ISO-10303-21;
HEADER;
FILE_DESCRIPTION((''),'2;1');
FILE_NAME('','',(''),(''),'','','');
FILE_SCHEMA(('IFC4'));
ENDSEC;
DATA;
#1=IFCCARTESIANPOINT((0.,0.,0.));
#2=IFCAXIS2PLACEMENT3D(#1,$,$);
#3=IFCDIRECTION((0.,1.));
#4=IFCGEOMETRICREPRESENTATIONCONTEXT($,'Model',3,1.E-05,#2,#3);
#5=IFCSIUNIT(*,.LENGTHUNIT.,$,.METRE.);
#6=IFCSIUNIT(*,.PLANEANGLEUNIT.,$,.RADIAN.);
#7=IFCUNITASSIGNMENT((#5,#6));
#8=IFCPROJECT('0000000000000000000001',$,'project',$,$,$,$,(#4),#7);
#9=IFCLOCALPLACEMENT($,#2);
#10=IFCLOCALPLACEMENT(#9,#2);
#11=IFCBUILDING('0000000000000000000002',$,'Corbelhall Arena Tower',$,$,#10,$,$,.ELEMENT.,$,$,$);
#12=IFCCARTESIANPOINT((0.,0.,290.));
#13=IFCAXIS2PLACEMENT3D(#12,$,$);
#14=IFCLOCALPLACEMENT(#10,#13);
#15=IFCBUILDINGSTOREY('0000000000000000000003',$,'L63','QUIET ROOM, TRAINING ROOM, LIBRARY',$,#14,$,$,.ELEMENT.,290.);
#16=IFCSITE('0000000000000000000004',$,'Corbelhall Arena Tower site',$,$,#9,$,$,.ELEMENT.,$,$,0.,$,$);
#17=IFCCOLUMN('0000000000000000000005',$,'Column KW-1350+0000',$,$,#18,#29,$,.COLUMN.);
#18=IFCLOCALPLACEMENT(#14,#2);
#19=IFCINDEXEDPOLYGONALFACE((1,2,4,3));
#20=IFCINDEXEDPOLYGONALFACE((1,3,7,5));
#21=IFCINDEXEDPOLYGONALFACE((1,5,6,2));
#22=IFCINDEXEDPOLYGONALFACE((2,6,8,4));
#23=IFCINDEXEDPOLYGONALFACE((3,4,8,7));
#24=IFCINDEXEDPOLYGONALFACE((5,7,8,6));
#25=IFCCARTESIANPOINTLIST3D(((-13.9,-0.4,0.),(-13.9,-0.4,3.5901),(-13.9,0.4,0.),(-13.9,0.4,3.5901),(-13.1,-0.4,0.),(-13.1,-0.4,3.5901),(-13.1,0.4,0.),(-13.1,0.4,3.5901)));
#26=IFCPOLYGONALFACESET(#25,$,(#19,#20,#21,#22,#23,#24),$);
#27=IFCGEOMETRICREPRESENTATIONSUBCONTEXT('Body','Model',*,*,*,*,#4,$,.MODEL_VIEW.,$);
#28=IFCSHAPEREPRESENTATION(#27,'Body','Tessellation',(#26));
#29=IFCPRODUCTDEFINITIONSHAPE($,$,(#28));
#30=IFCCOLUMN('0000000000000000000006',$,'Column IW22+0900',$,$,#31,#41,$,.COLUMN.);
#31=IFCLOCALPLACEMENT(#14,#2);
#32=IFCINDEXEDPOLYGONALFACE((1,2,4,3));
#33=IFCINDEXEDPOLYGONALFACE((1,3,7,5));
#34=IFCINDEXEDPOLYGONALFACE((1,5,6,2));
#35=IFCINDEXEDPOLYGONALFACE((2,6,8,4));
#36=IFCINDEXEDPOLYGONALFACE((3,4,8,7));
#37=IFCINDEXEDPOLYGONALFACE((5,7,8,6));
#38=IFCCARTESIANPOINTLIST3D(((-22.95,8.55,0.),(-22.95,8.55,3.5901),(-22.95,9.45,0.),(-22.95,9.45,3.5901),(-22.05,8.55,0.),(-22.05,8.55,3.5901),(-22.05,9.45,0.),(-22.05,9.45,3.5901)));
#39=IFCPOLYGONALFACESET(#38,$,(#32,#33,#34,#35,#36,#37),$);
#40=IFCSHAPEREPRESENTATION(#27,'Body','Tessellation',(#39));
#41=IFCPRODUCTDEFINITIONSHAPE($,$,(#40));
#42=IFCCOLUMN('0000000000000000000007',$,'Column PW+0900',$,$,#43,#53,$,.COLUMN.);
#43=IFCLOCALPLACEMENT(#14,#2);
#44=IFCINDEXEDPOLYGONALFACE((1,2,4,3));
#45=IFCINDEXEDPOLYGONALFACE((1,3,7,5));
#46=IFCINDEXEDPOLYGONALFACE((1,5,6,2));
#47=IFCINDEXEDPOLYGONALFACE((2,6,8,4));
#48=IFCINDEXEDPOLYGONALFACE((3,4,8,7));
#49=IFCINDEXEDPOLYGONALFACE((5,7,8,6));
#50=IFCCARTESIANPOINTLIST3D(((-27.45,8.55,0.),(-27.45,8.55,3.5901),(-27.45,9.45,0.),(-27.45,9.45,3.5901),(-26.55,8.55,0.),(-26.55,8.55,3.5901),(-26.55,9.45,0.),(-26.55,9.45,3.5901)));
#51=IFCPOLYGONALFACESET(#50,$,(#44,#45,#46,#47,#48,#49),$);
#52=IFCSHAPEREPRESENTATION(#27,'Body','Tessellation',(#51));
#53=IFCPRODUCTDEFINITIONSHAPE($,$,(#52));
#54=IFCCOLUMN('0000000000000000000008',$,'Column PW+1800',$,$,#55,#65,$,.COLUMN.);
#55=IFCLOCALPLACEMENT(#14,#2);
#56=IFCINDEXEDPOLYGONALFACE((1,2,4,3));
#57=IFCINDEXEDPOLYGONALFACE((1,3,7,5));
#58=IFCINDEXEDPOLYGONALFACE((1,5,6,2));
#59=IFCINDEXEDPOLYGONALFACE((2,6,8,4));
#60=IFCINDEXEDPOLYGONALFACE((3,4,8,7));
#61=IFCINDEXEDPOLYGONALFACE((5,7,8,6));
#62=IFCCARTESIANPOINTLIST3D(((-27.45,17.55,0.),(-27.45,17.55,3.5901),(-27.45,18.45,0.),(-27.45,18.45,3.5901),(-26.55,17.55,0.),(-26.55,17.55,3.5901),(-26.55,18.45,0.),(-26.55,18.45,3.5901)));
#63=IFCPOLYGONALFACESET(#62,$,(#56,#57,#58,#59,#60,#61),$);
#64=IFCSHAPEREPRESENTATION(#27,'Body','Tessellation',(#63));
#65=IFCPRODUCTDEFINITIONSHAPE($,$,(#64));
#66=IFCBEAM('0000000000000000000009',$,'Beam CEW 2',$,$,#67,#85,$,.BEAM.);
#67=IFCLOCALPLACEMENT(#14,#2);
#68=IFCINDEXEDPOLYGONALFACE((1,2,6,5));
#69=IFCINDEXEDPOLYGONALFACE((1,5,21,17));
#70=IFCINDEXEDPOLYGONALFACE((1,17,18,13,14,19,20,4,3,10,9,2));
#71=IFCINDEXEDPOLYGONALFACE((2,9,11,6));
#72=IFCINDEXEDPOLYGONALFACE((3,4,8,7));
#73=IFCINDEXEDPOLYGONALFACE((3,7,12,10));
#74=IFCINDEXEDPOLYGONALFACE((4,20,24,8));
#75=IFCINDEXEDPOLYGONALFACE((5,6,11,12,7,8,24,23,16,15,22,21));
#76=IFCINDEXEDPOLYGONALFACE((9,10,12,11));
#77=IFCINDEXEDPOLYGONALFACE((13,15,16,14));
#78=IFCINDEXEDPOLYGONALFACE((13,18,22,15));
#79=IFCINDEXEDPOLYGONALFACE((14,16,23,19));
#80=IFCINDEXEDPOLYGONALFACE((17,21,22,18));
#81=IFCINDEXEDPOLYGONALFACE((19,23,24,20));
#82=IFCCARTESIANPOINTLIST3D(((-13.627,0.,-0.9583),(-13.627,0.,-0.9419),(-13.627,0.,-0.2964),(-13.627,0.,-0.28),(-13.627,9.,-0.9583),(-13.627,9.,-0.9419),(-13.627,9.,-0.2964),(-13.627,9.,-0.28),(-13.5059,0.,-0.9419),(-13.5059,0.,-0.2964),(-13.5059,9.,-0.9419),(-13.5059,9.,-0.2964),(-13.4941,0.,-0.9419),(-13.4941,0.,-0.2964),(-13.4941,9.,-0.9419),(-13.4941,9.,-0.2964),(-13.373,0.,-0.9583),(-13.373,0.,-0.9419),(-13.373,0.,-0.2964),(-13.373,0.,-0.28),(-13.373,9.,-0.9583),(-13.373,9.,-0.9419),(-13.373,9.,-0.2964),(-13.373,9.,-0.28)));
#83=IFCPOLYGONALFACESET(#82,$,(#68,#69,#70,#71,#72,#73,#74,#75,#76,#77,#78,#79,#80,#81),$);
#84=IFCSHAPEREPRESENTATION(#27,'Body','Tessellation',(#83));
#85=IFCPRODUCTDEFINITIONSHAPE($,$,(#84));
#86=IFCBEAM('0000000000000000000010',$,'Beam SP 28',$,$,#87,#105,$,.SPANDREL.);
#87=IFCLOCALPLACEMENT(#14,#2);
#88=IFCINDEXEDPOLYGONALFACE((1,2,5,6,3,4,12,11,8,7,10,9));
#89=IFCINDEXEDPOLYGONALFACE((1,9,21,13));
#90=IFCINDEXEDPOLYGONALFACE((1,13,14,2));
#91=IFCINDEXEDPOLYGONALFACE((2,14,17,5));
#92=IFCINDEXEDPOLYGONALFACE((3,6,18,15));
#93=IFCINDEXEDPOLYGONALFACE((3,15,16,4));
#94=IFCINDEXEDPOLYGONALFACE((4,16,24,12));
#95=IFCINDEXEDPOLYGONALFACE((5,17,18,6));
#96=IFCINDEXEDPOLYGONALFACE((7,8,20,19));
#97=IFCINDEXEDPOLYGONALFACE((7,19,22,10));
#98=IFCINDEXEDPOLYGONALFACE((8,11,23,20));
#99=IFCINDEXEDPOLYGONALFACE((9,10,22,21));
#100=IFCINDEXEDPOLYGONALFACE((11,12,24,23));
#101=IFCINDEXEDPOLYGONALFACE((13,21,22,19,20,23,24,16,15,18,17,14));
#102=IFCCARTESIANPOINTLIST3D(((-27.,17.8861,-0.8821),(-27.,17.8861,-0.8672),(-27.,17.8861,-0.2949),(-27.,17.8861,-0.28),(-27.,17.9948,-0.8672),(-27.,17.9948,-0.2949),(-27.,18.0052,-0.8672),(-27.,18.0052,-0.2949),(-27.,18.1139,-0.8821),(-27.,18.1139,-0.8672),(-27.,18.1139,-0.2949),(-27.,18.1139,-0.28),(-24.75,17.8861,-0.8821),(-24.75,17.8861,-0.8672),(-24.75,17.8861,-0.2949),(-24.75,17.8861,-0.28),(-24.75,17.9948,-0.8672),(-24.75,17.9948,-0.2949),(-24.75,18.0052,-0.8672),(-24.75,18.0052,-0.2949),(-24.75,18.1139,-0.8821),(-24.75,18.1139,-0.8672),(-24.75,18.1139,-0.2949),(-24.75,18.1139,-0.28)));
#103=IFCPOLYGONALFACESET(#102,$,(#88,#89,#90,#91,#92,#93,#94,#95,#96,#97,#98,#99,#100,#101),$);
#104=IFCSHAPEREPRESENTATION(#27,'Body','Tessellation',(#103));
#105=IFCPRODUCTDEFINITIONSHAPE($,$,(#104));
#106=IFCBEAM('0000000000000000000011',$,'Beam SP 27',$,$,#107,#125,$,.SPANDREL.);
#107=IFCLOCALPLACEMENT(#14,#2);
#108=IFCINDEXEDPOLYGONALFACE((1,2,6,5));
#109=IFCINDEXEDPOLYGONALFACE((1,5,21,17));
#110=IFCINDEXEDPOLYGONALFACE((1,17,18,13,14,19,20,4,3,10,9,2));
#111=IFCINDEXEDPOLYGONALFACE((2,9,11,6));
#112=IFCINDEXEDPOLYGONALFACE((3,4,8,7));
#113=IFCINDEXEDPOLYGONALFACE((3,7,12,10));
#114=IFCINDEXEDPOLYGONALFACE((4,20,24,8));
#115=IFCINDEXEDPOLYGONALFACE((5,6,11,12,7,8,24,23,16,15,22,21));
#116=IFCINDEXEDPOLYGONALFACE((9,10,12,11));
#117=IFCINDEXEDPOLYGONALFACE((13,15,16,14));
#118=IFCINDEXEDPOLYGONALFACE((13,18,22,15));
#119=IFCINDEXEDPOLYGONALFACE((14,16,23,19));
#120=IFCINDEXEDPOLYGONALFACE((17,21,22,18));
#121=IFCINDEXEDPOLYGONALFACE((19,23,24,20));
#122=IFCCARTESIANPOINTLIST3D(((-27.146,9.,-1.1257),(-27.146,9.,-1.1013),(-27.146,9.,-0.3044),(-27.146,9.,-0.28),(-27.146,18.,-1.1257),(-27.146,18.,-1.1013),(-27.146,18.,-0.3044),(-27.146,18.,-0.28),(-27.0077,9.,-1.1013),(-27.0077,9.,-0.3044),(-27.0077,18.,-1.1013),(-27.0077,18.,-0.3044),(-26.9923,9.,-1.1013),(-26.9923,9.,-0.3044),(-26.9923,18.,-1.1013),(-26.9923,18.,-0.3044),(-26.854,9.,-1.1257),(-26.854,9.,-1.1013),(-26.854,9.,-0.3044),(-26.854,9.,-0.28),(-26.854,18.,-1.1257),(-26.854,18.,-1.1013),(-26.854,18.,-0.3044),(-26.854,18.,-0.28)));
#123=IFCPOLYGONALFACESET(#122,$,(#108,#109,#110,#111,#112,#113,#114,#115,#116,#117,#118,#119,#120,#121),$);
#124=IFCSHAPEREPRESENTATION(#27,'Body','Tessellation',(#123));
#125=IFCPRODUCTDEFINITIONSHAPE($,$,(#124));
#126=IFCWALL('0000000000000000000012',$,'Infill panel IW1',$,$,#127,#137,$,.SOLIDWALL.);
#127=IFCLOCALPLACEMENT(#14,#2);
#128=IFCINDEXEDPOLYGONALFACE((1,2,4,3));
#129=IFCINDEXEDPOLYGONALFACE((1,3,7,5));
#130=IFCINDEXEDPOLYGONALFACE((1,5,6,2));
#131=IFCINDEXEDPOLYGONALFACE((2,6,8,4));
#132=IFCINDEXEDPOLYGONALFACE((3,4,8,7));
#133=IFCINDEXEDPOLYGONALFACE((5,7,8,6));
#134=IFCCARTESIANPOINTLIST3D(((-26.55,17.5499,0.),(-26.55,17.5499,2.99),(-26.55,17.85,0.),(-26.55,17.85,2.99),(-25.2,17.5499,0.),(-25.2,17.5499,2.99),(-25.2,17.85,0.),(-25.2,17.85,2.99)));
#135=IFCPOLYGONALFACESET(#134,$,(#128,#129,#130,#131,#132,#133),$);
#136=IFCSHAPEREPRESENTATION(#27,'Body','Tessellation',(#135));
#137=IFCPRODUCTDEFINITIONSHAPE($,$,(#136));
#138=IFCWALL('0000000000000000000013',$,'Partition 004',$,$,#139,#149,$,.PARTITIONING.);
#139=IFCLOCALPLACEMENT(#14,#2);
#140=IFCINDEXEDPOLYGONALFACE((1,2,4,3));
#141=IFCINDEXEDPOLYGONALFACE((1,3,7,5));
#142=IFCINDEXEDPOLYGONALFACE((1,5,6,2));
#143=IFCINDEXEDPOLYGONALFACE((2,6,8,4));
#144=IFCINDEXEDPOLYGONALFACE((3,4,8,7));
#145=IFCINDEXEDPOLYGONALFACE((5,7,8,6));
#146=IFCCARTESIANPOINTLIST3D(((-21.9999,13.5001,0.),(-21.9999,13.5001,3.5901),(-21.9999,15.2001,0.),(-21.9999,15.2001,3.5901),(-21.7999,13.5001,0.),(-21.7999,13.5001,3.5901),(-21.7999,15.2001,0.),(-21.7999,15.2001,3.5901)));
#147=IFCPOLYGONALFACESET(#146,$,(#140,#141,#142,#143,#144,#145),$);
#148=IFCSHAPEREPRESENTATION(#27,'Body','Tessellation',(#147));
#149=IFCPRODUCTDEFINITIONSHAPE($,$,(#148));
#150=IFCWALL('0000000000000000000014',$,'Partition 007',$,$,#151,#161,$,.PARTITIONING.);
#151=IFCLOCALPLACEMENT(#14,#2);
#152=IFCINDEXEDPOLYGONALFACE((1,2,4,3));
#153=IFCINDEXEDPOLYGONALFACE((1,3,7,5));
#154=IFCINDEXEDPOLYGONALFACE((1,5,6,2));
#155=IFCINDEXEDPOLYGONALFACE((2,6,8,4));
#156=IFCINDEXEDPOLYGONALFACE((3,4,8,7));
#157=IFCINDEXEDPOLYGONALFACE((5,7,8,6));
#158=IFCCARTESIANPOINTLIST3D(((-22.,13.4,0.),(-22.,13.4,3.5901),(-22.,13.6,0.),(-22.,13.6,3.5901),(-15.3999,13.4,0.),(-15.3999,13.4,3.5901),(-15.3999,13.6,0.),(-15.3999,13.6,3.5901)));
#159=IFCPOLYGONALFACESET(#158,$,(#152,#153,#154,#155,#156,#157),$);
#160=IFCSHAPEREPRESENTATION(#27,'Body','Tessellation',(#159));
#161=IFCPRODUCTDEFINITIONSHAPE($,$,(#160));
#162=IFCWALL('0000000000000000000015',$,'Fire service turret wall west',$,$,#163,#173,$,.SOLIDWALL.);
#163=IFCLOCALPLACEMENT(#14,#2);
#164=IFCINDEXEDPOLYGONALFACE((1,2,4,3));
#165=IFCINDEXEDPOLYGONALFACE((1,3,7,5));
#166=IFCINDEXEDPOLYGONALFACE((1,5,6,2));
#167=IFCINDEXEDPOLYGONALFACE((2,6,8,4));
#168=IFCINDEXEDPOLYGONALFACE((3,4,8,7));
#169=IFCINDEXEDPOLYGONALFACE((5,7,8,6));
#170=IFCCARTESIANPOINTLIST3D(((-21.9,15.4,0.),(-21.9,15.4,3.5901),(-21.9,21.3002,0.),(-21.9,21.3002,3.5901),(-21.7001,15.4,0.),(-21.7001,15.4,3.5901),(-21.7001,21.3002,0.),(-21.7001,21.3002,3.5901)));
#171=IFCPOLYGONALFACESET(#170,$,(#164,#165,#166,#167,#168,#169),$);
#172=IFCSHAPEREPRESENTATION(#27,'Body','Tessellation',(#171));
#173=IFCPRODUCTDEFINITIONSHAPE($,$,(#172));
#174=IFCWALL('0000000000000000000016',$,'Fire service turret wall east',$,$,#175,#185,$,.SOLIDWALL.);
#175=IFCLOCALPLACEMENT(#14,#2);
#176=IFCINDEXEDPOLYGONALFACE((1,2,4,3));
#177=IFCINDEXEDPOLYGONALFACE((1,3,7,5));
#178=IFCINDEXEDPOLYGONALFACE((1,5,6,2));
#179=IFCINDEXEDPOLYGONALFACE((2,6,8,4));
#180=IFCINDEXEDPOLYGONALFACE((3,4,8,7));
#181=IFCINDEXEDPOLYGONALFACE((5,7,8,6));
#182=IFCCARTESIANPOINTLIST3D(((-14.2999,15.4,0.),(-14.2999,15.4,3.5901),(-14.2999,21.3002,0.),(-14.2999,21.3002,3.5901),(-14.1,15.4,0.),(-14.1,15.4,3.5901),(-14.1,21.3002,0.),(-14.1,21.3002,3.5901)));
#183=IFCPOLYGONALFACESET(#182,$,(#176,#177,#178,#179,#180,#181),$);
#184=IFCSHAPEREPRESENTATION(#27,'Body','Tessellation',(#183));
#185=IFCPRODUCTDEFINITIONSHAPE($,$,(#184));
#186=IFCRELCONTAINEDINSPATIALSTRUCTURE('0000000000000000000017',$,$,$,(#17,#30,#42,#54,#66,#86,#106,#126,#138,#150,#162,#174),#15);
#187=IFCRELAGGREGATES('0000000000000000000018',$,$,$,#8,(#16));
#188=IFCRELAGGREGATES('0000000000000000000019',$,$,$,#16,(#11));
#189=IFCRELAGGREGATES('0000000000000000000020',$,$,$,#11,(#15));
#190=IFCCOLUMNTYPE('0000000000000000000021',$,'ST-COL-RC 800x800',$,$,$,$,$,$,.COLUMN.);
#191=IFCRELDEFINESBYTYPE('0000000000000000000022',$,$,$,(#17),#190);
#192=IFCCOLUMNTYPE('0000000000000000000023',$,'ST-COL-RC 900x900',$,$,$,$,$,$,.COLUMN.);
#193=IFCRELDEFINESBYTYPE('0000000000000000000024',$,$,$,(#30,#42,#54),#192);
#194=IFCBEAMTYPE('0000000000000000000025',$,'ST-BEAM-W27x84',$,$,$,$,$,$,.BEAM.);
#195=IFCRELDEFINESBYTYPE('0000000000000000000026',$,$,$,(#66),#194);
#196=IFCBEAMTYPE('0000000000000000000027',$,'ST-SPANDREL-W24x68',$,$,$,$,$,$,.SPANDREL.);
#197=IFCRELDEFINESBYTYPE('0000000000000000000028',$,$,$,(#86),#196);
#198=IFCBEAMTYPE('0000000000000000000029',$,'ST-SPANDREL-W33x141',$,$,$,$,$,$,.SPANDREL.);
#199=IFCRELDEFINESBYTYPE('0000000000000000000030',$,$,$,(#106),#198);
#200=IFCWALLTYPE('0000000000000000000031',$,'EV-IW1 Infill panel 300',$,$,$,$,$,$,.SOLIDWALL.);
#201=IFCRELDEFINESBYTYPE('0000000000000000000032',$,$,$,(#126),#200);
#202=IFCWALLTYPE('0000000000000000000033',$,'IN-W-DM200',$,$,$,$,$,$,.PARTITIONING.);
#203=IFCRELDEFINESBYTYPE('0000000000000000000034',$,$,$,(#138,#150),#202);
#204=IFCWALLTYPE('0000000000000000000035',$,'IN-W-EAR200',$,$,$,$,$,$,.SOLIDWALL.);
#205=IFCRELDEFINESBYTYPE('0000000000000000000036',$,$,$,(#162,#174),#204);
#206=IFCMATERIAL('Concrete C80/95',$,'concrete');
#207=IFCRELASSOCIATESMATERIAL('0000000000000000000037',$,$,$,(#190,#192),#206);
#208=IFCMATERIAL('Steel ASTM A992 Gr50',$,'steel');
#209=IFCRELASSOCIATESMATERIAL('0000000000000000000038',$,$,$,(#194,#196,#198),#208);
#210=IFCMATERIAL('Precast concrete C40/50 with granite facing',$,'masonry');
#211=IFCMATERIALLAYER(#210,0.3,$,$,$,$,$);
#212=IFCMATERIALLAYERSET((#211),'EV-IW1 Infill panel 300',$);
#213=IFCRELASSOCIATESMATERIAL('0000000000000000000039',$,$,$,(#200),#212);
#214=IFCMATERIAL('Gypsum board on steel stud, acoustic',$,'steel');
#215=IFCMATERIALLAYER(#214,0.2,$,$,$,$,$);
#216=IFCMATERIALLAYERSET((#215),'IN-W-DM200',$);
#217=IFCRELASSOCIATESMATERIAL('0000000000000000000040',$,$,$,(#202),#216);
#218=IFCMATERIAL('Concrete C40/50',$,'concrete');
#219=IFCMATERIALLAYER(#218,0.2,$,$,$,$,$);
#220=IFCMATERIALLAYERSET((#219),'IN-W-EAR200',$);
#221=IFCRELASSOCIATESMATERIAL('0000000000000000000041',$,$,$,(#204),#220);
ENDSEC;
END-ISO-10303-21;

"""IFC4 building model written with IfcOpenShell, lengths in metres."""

from ifc_helpers import new_model, si_unit, direction, frame, frame_2d, origin, origin_2d, place, context, subcontext, project, spatial, rectangle, i_section, extrude, material, layer, layer_set, material_profile, profile_set, type_object, element, save


model = new_model("IFC4")

# Units and contexts
model_context = context("Model", 3, precision=1e-05, world=origin(), true_north=direction((0.0, 1.0)))
body_context = subcontext(model_context, "Body", "Model", "MODEL_VIEW")
ifc_project = project(units=[si_unit("LENGTHUNIT", "METRE"), si_unit("PLANEANGLEUNIT", "RADIAN")], contexts=[model_context])

# Site, building, storey
site_placement = place(None, origin())
site = spatial("IfcSite", under=ifc_project, at=site_placement, Name="Corbelhall Arena Tower site", CompositionType="ELEMENT", RefElevation=0.0)
building_placement = place(site_placement, origin())
building = spatial("IfcBuilding", under=site, at=building_placement, Name="Corbelhall Arena Tower", CompositionType="ELEMENT")
storey_placement = place(building_placement, frame((0.0, 0.0, 290.0)))
storey = spatial("IfcBuildingStorey", under=building, at=storey_placement, Name="L63", Description="QUIET ROOM, TRAINING ROOM, LIBRARY", CompositionType="ELEMENT", Elevation=290.0)

# Columns
ifc_material_1 = material(Name="Concrete C80/95", Category="concrete")
ifc_material_profile_1 = material_profile(ifc_material_1, rectangle(XDim=0.8, YDim=0.8, at=origin_2d()))
ifc_profile_set_1 = profile_set([ifc_material_profile_1], Name="Concrete C80/95")
column_type_1 = type_object("IfcColumnType", Name="ST-COL-RC 800x800", PredefinedType="COLUMN", material=ifc_profile_set_1)
column_placement = place(storey_placement, frame((-13.5, 0.0, 0.0), z_axis=(0.0, 0.0, 1.0), x_axis=(1.0, 0.0, 0.0)))
element("IfcColumn", 1, at=column_placement, inside=storey, type_object=column_type_1, Name="Column KW-1350+0000", PredefinedType="COLUMN", context=body_context, shape_type="SweptSolid", body=[
    extrude(rectangle(XDim=0.8, YDim=0.8, at=origin_2d()), origin(), (0.0, 0.0, 1.0), 3.5901),
])
ifc_material_profile_2 = material_profile(ifc_material_1, rectangle(XDim=0.8999, YDim=0.8999, at=origin_2d()))
ifc_profile_set_2 = profile_set([ifc_material_profile_2], Name="Concrete C80/95")
column_type_2 = type_object("IfcColumnType", Name="ST-COL-RC 900x900", PredefinedType="COLUMN", material=ifc_profile_set_2)
for number, where, z_axis, x_axis, name in (
    (2, (-22.5, 9.0, 0.0), (0.0, 0.0, 1.0), (1.0, 0.0, 0.0), "Column IW22+0900"),
    (3, (-27.0, 9.0, 0.0), (0.0, 0.0, 1.0), (0.0, 1.0, 0.0), "Column PW+0900"),
    (4, (-27.0, 18.0, 0.0), (0.0, 0.0, 1.0), (0.0, 1.0, 0.0), "Column PW+1800"),
):
    element("IfcColumn", number, at=place(storey_placement, frame(where, z_axis=z_axis, x_axis=x_axis)), inside=storey, type_object=column_type_2, Name=name, PredefinedType="COLUMN", context=body_context, shape_type="SweptSolid", body=[
        extrude(rectangle(XDim=0.8999, YDim=0.8999, at=origin_2d()), origin(), (0.0, 0.0, 1.0), 3.5901),
    ])

# Beams
ifc_material_2 = material(Name="Steel ASTM A992 Gr50", Category="steel")
ifc_material_profile_3 = material_profile(ifc_material_2, i_section(OverallWidth=0.2539, OverallDepth=0.6782, WebThickness=0.0117, FlangeThickness=0.0164, at=origin_2d()))
ifc_profile_set_3 = profile_set([ifc_material_profile_3], Name="Steel ASTM A992 Gr50")
beam_type_1 = type_object("IfcBeamType", Name="ST-BEAM-W27x84", PredefinedType="BEAM", material=ifc_profile_set_3)
beam_1_placement = place(storey_placement, frame((-13.5, 0.0, -0.6191), z_axis=(0.0, 1.0, 0.0), x_axis=(-1.0, 0.0, 0.0)))
element("IfcBeam", 5, at=beam_1_placement, inside=storey, type_object=beam_type_1, Name="Beam CEW 2", PredefinedType="BEAM", context=body_context, shape_type="SweptSolid", body=[
    extrude(i_section(OverallWidth=0.2539, OverallDepth=0.6782, WebThickness=0.0117, FlangeThickness=0.0164, at=origin_2d()), origin(), (0.0, 0.0, 1.0), 9.0),
])
ifc_material_profile_4 = material_profile(ifc_material_2, i_section(OverallWidth=0.2278, OverallDepth=0.6021, WebThickness=0.0105, FlangeThickness=0.0149, at=origin_2d()))
ifc_profile_set_4 = profile_set([ifc_material_profile_4], Name="Steel ASTM A992 Gr50")
beam_type_2 = type_object("IfcBeamType", Name="ST-SPANDREL-W24x68", PredefinedType="SPANDREL", material=ifc_profile_set_4)
beam_2_placement = place(storey_placement, frame((-27.0, 18.0, -0.5811), z_axis=(1.0, 0.0, 0.0), x_axis=(0.0, 1.0, 0.0)))
element("IfcBeam", 6, at=beam_2_placement, inside=storey, type_object=beam_type_2, Name="Beam SP 28", PredefinedType="SPANDREL", context=body_context, shape_type="SweptSolid", body=[
    extrude(i_section(OverallWidth=0.2278, OverallDepth=0.6021, WebThickness=0.0105, FlangeThickness=0.0149, at=origin_2d()), origin(), (0.0, 0.0, 1.0), 2.25),
])
ifc_material_profile_5 = material_profile(ifc_material_2, i_section(OverallWidth=0.292, OverallDepth=0.8457, WebThickness=0.0154, FlangeThickness=0.0244, at=origin_2d()))
ifc_profile_set_5 = profile_set([ifc_material_profile_5], Name="Steel ASTM A992 Gr50")
beam_type_3 = type_object("IfcBeamType", Name="ST-SPANDREL-W33x141", PredefinedType="SPANDREL", material=ifc_profile_set_5)
beam_3_placement = place(storey_placement, frame((-27.0, 9.0, -0.7029), z_axis=(0.0, 1.0, 0.0), x_axis=(-1.0, 0.0, 0.0)))
element("IfcBeam", 7, at=beam_3_placement, inside=storey, type_object=beam_type_3, Name="Beam SP 27", PredefinedType="SPANDREL", context=body_context, shape_type="SweptSolid", body=[
    extrude(i_section(OverallWidth=0.292, OverallDepth=0.8457, WebThickness=0.0154, FlangeThickness=0.0244, at=origin_2d()), origin(), (0.0, 0.0, 1.0), 9.0),
])

# Wall
ifc_material_3 = material(Name="Precast concrete C40/50 with granite facing", Category="masonry")
ifc_layer_1 = layer(ifc_material_3, 0.3)
ifc_layer_set_1 = layer_set([ifc_layer_1], Name="EV-IW1 Infill panel 300")
wall_type_1 = type_object("IfcWallType", Name="EV-IW1 Infill panel 300", PredefinedType="SOLIDWALL", material=ifc_layer_set_1)
wall_1_placement = place(storey_placement, frame((-25.2, 17.7, 0.0), z_axis=(0.0, 0.0, 1.0), x_axis=(-1.0, 0.0, 0.0)))
element("IfcWall", 8, at=wall_1_placement, inside=storey, type_object=wall_type_1, Name="Infill panel IW1", PredefinedType="SOLIDWALL", context=body_context, shape_type="SweptSolid", body=[
    extrude(rectangle(XDim=1.3501, YDim=0.3, at=frame_2d((0.675, 0.0))), origin(), (0.0, 0.0, 1.0), 2.99),
])

# Walls
ifc_material_4 = material(Name="Gypsum board on steel stud, acoustic", Category="steel")
ifc_layer_2 = layer(ifc_material_4, 0.2)
ifc_layer_set_2 = layer_set([ifc_layer_2], Name="IN-W-DM200")
wall_type_2 = type_object("IfcWallType", Name="IN-W-DM200", PredefinedType="PARTITIONING", material=ifc_layer_set_2)
wall_2_placement = place(storey_placement, frame((-21.8999, 13.5, 0.0), z_axis=(0.0, 0.0, 1.0), x_axis=(0.0, 1.0, 0.0)))
element("IfcWall", 9, at=wall_2_placement, inside=storey, type_object=wall_type_2, Name="Partition 004", PredefinedType="PARTITIONING", context=body_context, shape_type="SweptSolid", body=[
    extrude(rectangle(XDim=1.7, YDim=0.2, at=frame_2d((0.8501, 0.0))), origin(), (0.0, 0.0, 1.0), 3.5901),
])
wall_3_placement = place(storey_placement, frame((-15.3999, 13.5, 0.0), z_axis=(0.0, 0.0, 1.0), x_axis=(-1.0, 0.0, 0.0)))
element("IfcWall", 10, at=wall_3_placement, inside=storey, type_object=wall_type_2, Name="Partition 007", PredefinedType="PARTITIONING", context=body_context, shape_type="SweptSolid", body=[
    extrude(rectangle(XDim=6.6001, YDim=0.2, at=frame_2d((3.3, 0.0))), origin(), (0.0, 0.0, 1.0), 3.5901),
])

# Shared definitions
ifc_material_5 = material(Name="Concrete C40/50", Category="concrete")
ifc_layer_3 = layer(ifc_material_5, 0.2)
ifc_layer_set_3 = layer_set([ifc_layer_3], Name="IN-W-EAR200")
wall_type_3 = type_object("IfcWallType", Name="IN-W-EAR200", PredefinedType="SOLIDWALL", material=ifc_layer_set_3)

# Walls
for number, where, z_axis, x_axis, name in (
    (11, (-21.8, 15.3999, 0.0), (0.0, 0.0, 1.0), (0.0, 1.0, 0.0), "Fire service turret wall west"),
    (12, (-14.2, 15.3999, 0.0), (0.0, 0.0, 1.0), (0.0, 1.0, 0.0), "Fire service turret wall east"),
):
    element("IfcWall", number, at=place(storey_placement, frame(where, z_axis=z_axis, x_axis=x_axis)), inside=storey, type_object=wall_type_3, Name=name, PredefinedType="SOLIDWALL", context=body_context, shape_type="SweptSolid", body=[
        extrude(rectangle(XDim=5.9001, YDim=0.2, at=frame_2d((2.9502, 0.0))), origin(), (0.0, 0.0, 1.0), 3.5901),
    ])

save(model, "model.ifc")
